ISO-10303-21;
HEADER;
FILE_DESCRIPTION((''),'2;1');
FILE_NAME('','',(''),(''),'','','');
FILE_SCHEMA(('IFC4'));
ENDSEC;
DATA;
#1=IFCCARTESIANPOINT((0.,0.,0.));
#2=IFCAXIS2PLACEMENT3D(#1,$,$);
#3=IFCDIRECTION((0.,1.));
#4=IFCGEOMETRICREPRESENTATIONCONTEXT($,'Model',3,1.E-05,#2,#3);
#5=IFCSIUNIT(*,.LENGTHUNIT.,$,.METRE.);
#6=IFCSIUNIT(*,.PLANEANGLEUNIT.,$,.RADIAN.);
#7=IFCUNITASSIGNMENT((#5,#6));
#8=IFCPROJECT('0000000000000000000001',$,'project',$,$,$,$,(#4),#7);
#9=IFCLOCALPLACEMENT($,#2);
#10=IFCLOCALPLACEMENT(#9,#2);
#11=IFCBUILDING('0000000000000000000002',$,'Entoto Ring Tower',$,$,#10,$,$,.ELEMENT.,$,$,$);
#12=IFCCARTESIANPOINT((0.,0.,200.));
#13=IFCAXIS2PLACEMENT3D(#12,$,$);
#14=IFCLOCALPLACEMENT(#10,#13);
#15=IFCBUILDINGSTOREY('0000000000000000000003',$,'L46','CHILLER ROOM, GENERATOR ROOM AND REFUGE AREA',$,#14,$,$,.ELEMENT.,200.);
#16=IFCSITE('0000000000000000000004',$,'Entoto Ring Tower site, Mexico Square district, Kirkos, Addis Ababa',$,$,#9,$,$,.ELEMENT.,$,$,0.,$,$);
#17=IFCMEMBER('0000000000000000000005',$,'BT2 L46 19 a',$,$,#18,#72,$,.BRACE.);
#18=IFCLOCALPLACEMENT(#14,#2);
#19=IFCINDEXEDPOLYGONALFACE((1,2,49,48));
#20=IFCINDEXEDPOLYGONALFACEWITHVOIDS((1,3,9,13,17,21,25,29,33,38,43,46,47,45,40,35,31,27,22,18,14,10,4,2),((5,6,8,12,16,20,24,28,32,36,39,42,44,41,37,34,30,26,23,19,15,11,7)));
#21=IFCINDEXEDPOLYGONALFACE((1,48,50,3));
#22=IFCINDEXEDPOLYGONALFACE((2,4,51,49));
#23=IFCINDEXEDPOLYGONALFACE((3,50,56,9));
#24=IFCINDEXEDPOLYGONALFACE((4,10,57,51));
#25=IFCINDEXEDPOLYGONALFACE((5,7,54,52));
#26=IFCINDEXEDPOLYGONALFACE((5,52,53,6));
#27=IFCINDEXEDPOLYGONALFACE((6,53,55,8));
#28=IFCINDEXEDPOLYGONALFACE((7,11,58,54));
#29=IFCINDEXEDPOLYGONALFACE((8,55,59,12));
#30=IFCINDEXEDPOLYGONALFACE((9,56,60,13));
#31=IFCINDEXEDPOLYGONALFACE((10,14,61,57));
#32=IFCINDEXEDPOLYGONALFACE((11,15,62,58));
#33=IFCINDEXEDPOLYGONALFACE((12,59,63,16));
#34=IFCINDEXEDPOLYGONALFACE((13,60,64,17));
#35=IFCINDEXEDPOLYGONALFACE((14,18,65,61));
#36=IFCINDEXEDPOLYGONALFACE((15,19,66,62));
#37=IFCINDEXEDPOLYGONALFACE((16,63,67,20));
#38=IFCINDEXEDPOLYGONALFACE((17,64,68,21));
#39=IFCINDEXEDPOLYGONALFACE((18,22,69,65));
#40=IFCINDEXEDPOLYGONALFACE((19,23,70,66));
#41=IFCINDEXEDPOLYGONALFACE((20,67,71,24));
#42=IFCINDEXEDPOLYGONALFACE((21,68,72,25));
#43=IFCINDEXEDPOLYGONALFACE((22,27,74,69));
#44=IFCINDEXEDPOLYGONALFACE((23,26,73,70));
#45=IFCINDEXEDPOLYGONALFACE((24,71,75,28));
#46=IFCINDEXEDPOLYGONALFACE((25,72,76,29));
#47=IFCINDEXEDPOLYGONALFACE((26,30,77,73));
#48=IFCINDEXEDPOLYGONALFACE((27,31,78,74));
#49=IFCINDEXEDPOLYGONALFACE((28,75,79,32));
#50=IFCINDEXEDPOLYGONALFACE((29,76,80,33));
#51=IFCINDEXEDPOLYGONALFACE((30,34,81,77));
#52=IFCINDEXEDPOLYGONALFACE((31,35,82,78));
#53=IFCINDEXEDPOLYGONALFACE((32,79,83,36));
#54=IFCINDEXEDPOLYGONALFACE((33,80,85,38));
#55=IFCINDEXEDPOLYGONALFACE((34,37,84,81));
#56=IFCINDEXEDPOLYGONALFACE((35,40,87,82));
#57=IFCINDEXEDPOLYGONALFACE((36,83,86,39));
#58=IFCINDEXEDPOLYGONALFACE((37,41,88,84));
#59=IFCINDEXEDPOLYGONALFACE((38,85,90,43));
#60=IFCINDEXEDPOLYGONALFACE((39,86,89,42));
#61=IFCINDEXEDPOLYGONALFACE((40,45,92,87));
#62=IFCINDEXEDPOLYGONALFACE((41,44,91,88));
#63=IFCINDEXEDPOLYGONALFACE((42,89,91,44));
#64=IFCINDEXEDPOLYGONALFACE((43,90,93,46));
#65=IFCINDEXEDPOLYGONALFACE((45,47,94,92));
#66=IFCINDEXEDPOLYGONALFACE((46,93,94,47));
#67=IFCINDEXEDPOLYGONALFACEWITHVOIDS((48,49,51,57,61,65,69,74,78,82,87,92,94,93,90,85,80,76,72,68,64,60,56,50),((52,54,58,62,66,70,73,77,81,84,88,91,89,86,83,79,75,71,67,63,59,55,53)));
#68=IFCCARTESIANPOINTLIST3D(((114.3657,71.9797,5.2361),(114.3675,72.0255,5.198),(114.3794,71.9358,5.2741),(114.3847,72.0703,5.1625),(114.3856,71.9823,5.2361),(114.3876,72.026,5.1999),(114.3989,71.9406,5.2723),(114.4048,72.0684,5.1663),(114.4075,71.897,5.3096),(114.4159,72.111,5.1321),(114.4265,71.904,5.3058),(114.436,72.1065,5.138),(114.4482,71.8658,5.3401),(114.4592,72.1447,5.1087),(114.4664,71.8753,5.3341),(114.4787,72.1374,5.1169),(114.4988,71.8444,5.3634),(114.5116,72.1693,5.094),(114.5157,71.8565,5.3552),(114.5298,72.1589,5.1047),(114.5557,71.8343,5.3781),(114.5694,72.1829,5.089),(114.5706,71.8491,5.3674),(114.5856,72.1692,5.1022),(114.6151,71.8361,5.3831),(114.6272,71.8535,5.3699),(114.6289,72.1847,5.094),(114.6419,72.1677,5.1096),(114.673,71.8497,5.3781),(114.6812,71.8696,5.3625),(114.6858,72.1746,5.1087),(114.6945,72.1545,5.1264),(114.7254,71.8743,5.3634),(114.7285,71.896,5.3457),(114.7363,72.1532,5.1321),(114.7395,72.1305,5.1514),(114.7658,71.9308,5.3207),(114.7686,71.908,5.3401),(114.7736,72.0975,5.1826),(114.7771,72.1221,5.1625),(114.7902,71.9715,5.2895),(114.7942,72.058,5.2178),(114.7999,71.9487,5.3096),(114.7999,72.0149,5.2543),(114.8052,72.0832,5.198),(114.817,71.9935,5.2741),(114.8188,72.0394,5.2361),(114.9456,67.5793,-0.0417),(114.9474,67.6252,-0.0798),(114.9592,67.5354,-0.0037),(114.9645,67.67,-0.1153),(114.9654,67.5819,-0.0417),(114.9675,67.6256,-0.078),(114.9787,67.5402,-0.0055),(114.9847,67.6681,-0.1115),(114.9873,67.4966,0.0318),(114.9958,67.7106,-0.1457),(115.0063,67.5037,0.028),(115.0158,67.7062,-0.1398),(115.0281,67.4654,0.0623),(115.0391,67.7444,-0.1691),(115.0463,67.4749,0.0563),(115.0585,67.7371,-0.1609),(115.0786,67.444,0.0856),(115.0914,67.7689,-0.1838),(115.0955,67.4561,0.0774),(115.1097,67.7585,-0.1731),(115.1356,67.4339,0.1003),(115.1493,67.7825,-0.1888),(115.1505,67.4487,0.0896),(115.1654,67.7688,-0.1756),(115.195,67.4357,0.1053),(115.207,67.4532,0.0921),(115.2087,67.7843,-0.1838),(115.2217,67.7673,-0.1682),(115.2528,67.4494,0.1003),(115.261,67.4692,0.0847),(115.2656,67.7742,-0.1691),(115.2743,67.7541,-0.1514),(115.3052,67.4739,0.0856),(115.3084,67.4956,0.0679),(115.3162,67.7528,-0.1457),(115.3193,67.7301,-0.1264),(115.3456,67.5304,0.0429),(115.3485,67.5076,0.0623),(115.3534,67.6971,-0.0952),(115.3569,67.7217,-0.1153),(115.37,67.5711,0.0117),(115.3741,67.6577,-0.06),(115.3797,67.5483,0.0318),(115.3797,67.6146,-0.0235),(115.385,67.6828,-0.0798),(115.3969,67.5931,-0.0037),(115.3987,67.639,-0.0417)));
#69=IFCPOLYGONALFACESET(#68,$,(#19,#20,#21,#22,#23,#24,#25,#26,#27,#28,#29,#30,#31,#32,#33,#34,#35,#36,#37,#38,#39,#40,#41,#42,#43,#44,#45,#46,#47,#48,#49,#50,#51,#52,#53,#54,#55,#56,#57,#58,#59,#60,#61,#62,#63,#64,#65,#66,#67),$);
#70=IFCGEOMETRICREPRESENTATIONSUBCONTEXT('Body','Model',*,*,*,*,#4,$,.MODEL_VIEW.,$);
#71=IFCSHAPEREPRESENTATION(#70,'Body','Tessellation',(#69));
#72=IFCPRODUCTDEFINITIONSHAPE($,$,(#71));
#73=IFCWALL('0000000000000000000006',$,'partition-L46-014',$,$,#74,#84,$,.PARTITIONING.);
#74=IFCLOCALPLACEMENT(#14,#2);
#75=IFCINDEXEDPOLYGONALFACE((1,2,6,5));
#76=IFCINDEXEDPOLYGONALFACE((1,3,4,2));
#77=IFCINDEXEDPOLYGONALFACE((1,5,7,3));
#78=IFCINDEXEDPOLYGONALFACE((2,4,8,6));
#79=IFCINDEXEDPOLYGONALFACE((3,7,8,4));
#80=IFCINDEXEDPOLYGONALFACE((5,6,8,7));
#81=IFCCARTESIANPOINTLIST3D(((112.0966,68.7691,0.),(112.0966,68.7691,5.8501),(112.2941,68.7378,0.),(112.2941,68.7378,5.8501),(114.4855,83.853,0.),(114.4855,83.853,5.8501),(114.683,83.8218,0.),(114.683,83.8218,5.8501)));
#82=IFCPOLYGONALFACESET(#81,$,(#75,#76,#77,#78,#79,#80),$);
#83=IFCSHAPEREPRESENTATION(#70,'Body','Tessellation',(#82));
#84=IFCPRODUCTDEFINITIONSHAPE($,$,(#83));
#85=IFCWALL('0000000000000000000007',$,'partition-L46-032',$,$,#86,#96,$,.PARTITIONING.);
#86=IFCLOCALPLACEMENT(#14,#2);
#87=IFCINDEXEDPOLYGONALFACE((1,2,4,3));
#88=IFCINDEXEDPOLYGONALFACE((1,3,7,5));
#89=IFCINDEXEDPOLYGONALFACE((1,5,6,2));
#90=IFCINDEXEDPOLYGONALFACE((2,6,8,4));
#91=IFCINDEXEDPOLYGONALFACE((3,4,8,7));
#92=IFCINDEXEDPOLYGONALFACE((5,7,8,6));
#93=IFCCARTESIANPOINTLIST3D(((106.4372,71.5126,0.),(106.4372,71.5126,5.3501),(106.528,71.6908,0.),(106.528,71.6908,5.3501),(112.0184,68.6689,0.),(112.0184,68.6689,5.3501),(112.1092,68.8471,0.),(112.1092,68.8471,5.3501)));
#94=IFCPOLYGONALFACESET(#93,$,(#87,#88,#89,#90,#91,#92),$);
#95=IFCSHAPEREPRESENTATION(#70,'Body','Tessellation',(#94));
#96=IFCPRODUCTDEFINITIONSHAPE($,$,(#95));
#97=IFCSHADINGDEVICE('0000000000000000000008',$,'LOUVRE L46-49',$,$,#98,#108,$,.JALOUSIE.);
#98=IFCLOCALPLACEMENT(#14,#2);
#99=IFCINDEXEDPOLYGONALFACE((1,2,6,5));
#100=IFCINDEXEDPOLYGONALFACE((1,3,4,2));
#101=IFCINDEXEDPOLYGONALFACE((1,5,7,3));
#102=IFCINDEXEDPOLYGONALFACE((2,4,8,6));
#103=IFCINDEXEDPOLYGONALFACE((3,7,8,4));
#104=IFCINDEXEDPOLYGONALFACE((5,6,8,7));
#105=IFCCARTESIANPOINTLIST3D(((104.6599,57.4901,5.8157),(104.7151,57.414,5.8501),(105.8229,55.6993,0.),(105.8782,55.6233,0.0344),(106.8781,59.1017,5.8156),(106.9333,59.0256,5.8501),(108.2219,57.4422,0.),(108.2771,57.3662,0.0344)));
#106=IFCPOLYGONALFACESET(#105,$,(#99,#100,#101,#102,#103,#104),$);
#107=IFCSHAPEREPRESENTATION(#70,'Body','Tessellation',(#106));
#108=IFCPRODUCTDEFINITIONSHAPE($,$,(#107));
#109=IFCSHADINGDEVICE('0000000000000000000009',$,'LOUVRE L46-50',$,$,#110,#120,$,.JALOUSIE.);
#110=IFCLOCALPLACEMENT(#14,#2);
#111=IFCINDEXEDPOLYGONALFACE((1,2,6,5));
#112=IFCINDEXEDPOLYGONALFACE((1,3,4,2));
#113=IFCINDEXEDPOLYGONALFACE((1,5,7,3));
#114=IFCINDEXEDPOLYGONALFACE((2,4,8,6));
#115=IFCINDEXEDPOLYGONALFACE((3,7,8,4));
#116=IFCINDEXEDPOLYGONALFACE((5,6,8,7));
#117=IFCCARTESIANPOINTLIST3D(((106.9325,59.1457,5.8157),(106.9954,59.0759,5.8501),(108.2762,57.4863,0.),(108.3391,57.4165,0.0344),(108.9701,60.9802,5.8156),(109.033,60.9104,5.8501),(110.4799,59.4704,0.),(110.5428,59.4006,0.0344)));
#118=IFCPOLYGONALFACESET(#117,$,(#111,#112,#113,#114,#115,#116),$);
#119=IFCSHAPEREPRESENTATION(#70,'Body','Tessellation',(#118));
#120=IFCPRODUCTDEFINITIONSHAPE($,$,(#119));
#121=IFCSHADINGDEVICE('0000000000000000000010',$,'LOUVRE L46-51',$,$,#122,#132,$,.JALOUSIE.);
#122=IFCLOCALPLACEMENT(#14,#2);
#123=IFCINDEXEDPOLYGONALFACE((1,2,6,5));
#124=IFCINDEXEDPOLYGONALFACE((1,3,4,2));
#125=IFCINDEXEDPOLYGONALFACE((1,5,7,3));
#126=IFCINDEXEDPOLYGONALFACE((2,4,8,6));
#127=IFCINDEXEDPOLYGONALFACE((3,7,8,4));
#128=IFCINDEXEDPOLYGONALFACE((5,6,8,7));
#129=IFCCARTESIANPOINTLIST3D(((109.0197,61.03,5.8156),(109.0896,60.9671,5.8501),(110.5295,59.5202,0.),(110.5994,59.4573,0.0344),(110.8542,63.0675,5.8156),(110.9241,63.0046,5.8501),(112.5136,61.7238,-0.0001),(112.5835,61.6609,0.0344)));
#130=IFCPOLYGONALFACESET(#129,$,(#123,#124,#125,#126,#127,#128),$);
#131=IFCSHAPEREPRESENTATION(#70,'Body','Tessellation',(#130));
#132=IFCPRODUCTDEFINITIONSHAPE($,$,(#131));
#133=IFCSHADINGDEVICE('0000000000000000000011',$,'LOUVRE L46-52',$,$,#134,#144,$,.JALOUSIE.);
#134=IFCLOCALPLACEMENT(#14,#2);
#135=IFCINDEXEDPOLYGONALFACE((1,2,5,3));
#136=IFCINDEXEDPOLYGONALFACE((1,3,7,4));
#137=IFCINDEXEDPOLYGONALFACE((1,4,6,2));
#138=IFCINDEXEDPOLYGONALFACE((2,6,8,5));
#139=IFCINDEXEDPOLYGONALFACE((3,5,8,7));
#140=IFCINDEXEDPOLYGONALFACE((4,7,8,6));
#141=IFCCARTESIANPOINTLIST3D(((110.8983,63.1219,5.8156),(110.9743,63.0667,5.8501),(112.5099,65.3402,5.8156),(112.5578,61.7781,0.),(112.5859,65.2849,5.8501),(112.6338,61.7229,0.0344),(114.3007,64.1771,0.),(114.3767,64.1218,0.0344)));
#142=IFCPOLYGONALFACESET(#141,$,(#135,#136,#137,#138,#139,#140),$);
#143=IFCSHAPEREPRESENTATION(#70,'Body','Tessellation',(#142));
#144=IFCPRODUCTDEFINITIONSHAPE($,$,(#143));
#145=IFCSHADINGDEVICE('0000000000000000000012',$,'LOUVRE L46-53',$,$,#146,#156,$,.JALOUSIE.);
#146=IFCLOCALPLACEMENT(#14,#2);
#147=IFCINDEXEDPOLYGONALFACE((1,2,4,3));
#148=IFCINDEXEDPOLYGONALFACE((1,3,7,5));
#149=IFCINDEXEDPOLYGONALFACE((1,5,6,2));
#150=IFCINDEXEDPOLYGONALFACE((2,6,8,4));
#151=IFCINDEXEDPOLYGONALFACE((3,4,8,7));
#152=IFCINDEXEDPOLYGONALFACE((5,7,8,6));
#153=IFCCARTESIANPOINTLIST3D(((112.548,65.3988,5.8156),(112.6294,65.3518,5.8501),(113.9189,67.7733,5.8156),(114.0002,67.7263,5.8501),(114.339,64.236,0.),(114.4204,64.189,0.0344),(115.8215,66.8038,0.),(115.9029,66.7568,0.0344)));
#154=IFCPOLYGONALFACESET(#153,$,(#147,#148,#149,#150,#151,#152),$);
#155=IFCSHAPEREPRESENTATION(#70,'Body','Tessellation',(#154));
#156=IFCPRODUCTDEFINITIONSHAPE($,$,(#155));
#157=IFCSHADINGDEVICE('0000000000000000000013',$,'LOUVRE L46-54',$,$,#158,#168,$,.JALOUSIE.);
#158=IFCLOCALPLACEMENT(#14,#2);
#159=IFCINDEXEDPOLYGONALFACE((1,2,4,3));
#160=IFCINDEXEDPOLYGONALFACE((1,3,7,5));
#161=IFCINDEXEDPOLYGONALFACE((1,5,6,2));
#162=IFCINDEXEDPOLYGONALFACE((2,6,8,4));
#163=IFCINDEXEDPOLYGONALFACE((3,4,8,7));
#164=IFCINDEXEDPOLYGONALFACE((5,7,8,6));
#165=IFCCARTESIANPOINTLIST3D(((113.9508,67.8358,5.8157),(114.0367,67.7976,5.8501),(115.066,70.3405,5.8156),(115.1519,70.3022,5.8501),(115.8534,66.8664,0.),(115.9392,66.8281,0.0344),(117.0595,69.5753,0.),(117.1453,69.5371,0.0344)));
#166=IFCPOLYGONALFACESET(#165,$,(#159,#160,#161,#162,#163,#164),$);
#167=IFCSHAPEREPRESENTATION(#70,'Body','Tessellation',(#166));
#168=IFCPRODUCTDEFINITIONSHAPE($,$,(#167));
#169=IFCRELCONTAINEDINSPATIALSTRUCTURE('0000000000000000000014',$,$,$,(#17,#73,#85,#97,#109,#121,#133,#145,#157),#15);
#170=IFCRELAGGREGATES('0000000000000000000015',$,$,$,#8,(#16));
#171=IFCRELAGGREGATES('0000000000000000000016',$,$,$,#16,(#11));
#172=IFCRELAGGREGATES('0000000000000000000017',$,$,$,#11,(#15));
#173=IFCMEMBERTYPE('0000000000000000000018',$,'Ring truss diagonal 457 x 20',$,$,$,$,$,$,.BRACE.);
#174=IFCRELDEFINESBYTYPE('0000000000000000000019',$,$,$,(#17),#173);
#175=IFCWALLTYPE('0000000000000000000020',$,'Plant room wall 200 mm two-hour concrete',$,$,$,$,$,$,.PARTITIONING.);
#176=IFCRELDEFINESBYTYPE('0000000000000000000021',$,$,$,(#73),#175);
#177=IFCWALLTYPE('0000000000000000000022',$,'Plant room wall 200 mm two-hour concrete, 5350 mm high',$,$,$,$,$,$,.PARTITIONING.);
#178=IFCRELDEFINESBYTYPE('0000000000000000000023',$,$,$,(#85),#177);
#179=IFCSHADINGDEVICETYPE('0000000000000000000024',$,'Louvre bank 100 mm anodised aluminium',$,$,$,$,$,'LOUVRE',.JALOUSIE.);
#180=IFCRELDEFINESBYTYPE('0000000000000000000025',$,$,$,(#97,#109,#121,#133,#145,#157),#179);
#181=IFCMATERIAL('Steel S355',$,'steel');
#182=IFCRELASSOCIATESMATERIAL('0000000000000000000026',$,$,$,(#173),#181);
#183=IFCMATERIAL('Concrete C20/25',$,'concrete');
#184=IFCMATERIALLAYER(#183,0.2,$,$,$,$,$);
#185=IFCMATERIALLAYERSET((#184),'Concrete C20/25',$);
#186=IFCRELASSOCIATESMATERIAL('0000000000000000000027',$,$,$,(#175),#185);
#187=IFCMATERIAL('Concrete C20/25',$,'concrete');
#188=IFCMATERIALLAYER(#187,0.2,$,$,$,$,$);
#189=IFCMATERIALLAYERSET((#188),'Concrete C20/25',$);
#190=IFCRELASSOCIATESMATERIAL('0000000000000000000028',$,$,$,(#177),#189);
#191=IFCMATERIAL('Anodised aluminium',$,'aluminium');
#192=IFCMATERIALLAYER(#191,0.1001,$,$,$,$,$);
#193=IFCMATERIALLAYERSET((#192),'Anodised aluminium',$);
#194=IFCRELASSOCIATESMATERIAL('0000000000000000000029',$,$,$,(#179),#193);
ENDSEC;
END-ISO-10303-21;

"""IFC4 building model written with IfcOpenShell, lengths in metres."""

from ifc_helpers import new_model, si_unit, direction, frame, frame_2d, origin, origin_2d, place, context, subcontext, project, spatial, polyline, rectangle, circle, hollow_circle, outline, extrude, material, layer, layer_set, material_profile, profile_set, type_object, element, save


model = new_model("IFC4")

# Units and contexts
model_context = context("Model", 3, precision=1e-05, world=origin(), true_north=direction((0.0, 1.0)))
body_context = subcontext(model_context, "Body", "Model", "MODEL_VIEW")
ifc_project = project(units=[si_unit("LENGTHUNIT", "METRE"), si_unit("PLANEANGLEUNIT", "RADIAN")], contexts=[model_context])

# Site, building, storey
site_placement = place(None, origin())
site = spatial("IfcSite", under=ifc_project, at=site_placement, Name="Entoto Ring Tower site, Mexico Square district, Kirkos, Addis Ababa", CompositionType="ELEMENT", RefElevation=0.0)
building_placement = place(site_placement, origin())
building = spatial("IfcBuilding", under=site, at=building_placement, Name="Entoto Ring Tower", CompositionType="ELEMENT")
storey_placement = place(building_placement, frame((0.0, 0.0, 200.0)))
storey = spatial("IfcBuildingStorey", under=building, at=storey_placement, Name="L46", Description="CHILLER ROOM, GENERATOR ROOM AND REFUGE AREA", CompositionType="ELEMENT", Elevation=200.0)

# Member
ifc_material_1 = material(Name="Steel S355", Category="steel")
ifc_material_profile_1 = material_profile(ifc_material_1, hollow_circle(Radius=0.2285, WallThickness=0.02, at=origin_2d()), Name="CHS 457 x 20")
ifc_material_2 = material(Name="Concrete C60/75", Category="concrete")
ifc_material_profile_2 = material_profile(ifc_material_2, circle(Radius=0.2085, at=origin_2d()), Name="Concrete C60/75 infill")
ifc_profile_set_1 = profile_set([ifc_material_profile_1, ifc_material_profile_2], Name="Steel S355")
member_type_1 = type_object("IfcMemberType", Name="Ring truss diagonal 457 x 20", PredefinedType="BRACE", material=ifc_profile_set_1)
for number, where, z_axis, x_axis, name in (
    (1, (115.1721, 67.6091, -0.0417), (-0.084082, 0.638105, 0.765344), (-0.99143, -0.130639, 0.0), "BT2 L46 19 a"),
):
    element("IfcMember", number, at=place(storey_placement, frame(where, z_axis=z_axis, x_axis=x_axis)), inside=storey, type_object=member_type_1, Name=name, PredefinedType="BRACE", context=body_context, shape_type="SweptSolid", body=[
        extrude(hollow_circle(Radius=0.2285, WallThickness=0.02, at=origin_2d()), origin(), (0.0, 0.0, 1.0), 6.896),
    ])

# Walls
ifc_material_3 = material(Name="Concrete C20/25", Category="concrete")
ifc_layer_1 = layer(ifc_material_3, 0.2)
ifc_layer_set_1 = layer_set([ifc_layer_1], Name="Concrete C20/25")
wall_type_1 = type_object("IfcWallType", Name="Plant room wall 200 mm two-hour concrete", PredefinedType="PARTITIONING", material=ifc_layer_set_1)
wall_1_placement = place(storey_placement, frame((112.1953, 68.7534, 0.0), z_axis=(0.0, 0.0, 1.0), x_axis=(0.156425, 0.98769, 0.0)))
element("IfcWall", 2, at=wall_1_placement, inside=storey, type_object=wall_type_1, Name="partition-L46-014", PredefinedType="PARTITIONING", context=body_context, shape_type="SweptSolid", body=[
    extrude(rectangle(XDim=15.272, YDim=0.2, at=frame_2d((7.636, 0.0))), origin(), (0.0, 0.0, 1.0), 5.8501),
])
ifc_material_4 = material(Name="Concrete C20/25", Category="concrete")
ifc_layer_2 = layer(ifc_material_4, 0.2)
ifc_layer_set_2 = layer_set([ifc_layer_2], Name="Concrete C20/25")
wall_type_2 = type_object("IfcWallType", Name="Plant room wall 200 mm two-hour concrete, 5350 mm high", PredefinedType="PARTITIONING", material=ifc_layer_set_2)
wall_2_placement = place(storey_placement, frame((112.0637, 68.7581, 0.0), z_axis=(0.0, 0.0, 1.0), x_axis=(-0.891011, 0.453982, 0.0)))
element("IfcWall", 3, at=wall_2_placement, inside=storey, type_object=wall_type_2, Name="partition-L46-032", PredefinedType="PARTITIONING", context=body_context, shape_type="SweptSolid", body=[
    extrude(rectangle(XDim=6.2639, YDim=0.2, at=frame_2d((3.1318, 0.0))), origin(), (0.0, 0.0, 1.0), 5.3501),
])

# Shading devices
ifc_material_5 = material(Name="Anodised aluminium", Category="aluminium")
ifc_layer_3 = layer(ifc_material_5, 0.1001)
ifc_layer_set_3 = layer_set([ifc_layer_3], Name="Anodised aluminium")
shading_device_type = type_object("IfcShadingDeviceType", Name="Louvre bank 100 mm anodised aluminium", ElementType="LOUVRE", PredefinedType="JALOUSIE", material=ifc_layer_set_3)
shading_device_1_placement = place(storey_placement, frame((105.8782, 55.6233, 0.0344), z_axis=(0.551849, -0.759576, 0.344249), x_axis=(0.809024, 0.587776, 0.000004)))
element("IfcShadingDevice", 4, at=shading_device_1_placement, inside=storey, type_object=shading_device_type, Name="LOUVRE L46-49", PredefinedType="JALOUSIE", context=body_context, shape_type="SweptSolid", body=[
    extrude(outline(polyline([(0.0, 0.0), (2.9652, 0.0), (2.8535, 6.1943), (0.1116, 6.1943), (0.0, 0.0)])), origin(), (0.0, 0.0, -1.0), 0.1001),
])
shading_device_2_placement = place(storey_placement, frame((108.3391, 57.4165, 0.0344), z_axis=(0.628218, -0.697743, 0.344234), x_axis=(0.74316, 0.669113, 0.000007)))
element("IfcShadingDevice", 5, at=shading_device_2_placement, inside=storey, type_object=shading_device_type, Name="LOUVRE L46-50", PredefinedType="JALOUSIE", context=body_context, shape_type="SweptSolid", body=[
    extrude(outline(polyline([(0.0, 0.0), (2.9652, 0.0), (2.8535, 6.1942), (0.1118, 6.1943), (0.0, 0.0)])), origin(), (0.0, 0.0, -1.0), 0.1001),
])
shading_device_3_placement = place(storey_placement, frame((110.5994, 59.4573, 0.0344), z_axis=(0.697743, -0.628218, 0.344234), x_axis=(0.669113, 0.74316, -0.000007)))
element("IfcShadingDevice", 6, at=shading_device_3_placement, inside=storey, type_object=shading_device_type, Name="LOUVRE L46-51", PredefinedType="JALOUSIE", context=body_context, shape_type="SweptSolid", body=[
    extrude(outline(polyline([(0.0, 0.0), (2.9652, 0.0), (2.8535, 6.1943), (0.1118, 6.1942), (0.0, 0.0)])), origin(), (0.0, 0.0, -1.0), 0.1001),
])
shading_device_4_placement = place(storey_placement, frame((112.6338, 61.7229, 0.0344), z_axis=(0.759576, -0.551849, 0.344249), x_axis=(0.587776, 0.809024, -0.000004)))
element("IfcShadingDevice", 7, at=shading_device_4_placement, inside=storey, type_object=shading_device_type, Name="LOUVRE L46-52", PredefinedType="JALOUSIE", context=body_context, shape_type="SweptSolid", body=[
    extrude(outline(polyline([(0.0, 0.0), (2.9652, 0.0), (2.8536, 6.1943), (0.1117, 6.1943), (0.0, 0.0)])), origin(), (0.0, 0.0, -1.0), 0.1001),
])
shading_device_5_placement = place(storey_placement, frame((114.4204, 64.189, 0.0344), z_axis=(0.813104, -0.469411, 0.344261), x_axis=(0.499971, 0.866042, 0.000003)))
element("IfcShadingDevice", 8, at=shading_device_5_placement, inside=storey, type_object=shading_device_type, Name="LOUVRE L46-53", PredefinedType="JALOUSIE", context=body_context, shape_type="SweptSolid", body=[
    extrude(outline(polyline([(0.0, 0.0), (2.9651, 0.0), (2.8534, 6.1943), (0.1116, 6.1943), (0.0, 0.0)])), origin(), (0.0, 0.0, -1.0), 0.1001),
])
shading_device_6_placement = place(storey_placement, frame((115.9392, 66.8281, 0.0344), z_axis=(0.857707, -0.381881, 0.344246), x_axis=(0.406739, 0.913544, 0.000008)))
element("IfcShadingDevice", 9, at=shading_device_6_placement, inside=storey, type_object=shading_device_type, Name="LOUVRE L46-54", PredefinedType="JALOUSIE", context=body_context, shape_type="SweptSolid", body=[
    extrude(outline(polyline([(0.0, 0.0), (2.9653, 0.0), (2.8536, 6.1942), (0.1119, 6.1943), (0.0, 0.0)])), origin(), (0.0, 0.0, -1.0), 0.1001),
])

save(model, "model.ifc")
